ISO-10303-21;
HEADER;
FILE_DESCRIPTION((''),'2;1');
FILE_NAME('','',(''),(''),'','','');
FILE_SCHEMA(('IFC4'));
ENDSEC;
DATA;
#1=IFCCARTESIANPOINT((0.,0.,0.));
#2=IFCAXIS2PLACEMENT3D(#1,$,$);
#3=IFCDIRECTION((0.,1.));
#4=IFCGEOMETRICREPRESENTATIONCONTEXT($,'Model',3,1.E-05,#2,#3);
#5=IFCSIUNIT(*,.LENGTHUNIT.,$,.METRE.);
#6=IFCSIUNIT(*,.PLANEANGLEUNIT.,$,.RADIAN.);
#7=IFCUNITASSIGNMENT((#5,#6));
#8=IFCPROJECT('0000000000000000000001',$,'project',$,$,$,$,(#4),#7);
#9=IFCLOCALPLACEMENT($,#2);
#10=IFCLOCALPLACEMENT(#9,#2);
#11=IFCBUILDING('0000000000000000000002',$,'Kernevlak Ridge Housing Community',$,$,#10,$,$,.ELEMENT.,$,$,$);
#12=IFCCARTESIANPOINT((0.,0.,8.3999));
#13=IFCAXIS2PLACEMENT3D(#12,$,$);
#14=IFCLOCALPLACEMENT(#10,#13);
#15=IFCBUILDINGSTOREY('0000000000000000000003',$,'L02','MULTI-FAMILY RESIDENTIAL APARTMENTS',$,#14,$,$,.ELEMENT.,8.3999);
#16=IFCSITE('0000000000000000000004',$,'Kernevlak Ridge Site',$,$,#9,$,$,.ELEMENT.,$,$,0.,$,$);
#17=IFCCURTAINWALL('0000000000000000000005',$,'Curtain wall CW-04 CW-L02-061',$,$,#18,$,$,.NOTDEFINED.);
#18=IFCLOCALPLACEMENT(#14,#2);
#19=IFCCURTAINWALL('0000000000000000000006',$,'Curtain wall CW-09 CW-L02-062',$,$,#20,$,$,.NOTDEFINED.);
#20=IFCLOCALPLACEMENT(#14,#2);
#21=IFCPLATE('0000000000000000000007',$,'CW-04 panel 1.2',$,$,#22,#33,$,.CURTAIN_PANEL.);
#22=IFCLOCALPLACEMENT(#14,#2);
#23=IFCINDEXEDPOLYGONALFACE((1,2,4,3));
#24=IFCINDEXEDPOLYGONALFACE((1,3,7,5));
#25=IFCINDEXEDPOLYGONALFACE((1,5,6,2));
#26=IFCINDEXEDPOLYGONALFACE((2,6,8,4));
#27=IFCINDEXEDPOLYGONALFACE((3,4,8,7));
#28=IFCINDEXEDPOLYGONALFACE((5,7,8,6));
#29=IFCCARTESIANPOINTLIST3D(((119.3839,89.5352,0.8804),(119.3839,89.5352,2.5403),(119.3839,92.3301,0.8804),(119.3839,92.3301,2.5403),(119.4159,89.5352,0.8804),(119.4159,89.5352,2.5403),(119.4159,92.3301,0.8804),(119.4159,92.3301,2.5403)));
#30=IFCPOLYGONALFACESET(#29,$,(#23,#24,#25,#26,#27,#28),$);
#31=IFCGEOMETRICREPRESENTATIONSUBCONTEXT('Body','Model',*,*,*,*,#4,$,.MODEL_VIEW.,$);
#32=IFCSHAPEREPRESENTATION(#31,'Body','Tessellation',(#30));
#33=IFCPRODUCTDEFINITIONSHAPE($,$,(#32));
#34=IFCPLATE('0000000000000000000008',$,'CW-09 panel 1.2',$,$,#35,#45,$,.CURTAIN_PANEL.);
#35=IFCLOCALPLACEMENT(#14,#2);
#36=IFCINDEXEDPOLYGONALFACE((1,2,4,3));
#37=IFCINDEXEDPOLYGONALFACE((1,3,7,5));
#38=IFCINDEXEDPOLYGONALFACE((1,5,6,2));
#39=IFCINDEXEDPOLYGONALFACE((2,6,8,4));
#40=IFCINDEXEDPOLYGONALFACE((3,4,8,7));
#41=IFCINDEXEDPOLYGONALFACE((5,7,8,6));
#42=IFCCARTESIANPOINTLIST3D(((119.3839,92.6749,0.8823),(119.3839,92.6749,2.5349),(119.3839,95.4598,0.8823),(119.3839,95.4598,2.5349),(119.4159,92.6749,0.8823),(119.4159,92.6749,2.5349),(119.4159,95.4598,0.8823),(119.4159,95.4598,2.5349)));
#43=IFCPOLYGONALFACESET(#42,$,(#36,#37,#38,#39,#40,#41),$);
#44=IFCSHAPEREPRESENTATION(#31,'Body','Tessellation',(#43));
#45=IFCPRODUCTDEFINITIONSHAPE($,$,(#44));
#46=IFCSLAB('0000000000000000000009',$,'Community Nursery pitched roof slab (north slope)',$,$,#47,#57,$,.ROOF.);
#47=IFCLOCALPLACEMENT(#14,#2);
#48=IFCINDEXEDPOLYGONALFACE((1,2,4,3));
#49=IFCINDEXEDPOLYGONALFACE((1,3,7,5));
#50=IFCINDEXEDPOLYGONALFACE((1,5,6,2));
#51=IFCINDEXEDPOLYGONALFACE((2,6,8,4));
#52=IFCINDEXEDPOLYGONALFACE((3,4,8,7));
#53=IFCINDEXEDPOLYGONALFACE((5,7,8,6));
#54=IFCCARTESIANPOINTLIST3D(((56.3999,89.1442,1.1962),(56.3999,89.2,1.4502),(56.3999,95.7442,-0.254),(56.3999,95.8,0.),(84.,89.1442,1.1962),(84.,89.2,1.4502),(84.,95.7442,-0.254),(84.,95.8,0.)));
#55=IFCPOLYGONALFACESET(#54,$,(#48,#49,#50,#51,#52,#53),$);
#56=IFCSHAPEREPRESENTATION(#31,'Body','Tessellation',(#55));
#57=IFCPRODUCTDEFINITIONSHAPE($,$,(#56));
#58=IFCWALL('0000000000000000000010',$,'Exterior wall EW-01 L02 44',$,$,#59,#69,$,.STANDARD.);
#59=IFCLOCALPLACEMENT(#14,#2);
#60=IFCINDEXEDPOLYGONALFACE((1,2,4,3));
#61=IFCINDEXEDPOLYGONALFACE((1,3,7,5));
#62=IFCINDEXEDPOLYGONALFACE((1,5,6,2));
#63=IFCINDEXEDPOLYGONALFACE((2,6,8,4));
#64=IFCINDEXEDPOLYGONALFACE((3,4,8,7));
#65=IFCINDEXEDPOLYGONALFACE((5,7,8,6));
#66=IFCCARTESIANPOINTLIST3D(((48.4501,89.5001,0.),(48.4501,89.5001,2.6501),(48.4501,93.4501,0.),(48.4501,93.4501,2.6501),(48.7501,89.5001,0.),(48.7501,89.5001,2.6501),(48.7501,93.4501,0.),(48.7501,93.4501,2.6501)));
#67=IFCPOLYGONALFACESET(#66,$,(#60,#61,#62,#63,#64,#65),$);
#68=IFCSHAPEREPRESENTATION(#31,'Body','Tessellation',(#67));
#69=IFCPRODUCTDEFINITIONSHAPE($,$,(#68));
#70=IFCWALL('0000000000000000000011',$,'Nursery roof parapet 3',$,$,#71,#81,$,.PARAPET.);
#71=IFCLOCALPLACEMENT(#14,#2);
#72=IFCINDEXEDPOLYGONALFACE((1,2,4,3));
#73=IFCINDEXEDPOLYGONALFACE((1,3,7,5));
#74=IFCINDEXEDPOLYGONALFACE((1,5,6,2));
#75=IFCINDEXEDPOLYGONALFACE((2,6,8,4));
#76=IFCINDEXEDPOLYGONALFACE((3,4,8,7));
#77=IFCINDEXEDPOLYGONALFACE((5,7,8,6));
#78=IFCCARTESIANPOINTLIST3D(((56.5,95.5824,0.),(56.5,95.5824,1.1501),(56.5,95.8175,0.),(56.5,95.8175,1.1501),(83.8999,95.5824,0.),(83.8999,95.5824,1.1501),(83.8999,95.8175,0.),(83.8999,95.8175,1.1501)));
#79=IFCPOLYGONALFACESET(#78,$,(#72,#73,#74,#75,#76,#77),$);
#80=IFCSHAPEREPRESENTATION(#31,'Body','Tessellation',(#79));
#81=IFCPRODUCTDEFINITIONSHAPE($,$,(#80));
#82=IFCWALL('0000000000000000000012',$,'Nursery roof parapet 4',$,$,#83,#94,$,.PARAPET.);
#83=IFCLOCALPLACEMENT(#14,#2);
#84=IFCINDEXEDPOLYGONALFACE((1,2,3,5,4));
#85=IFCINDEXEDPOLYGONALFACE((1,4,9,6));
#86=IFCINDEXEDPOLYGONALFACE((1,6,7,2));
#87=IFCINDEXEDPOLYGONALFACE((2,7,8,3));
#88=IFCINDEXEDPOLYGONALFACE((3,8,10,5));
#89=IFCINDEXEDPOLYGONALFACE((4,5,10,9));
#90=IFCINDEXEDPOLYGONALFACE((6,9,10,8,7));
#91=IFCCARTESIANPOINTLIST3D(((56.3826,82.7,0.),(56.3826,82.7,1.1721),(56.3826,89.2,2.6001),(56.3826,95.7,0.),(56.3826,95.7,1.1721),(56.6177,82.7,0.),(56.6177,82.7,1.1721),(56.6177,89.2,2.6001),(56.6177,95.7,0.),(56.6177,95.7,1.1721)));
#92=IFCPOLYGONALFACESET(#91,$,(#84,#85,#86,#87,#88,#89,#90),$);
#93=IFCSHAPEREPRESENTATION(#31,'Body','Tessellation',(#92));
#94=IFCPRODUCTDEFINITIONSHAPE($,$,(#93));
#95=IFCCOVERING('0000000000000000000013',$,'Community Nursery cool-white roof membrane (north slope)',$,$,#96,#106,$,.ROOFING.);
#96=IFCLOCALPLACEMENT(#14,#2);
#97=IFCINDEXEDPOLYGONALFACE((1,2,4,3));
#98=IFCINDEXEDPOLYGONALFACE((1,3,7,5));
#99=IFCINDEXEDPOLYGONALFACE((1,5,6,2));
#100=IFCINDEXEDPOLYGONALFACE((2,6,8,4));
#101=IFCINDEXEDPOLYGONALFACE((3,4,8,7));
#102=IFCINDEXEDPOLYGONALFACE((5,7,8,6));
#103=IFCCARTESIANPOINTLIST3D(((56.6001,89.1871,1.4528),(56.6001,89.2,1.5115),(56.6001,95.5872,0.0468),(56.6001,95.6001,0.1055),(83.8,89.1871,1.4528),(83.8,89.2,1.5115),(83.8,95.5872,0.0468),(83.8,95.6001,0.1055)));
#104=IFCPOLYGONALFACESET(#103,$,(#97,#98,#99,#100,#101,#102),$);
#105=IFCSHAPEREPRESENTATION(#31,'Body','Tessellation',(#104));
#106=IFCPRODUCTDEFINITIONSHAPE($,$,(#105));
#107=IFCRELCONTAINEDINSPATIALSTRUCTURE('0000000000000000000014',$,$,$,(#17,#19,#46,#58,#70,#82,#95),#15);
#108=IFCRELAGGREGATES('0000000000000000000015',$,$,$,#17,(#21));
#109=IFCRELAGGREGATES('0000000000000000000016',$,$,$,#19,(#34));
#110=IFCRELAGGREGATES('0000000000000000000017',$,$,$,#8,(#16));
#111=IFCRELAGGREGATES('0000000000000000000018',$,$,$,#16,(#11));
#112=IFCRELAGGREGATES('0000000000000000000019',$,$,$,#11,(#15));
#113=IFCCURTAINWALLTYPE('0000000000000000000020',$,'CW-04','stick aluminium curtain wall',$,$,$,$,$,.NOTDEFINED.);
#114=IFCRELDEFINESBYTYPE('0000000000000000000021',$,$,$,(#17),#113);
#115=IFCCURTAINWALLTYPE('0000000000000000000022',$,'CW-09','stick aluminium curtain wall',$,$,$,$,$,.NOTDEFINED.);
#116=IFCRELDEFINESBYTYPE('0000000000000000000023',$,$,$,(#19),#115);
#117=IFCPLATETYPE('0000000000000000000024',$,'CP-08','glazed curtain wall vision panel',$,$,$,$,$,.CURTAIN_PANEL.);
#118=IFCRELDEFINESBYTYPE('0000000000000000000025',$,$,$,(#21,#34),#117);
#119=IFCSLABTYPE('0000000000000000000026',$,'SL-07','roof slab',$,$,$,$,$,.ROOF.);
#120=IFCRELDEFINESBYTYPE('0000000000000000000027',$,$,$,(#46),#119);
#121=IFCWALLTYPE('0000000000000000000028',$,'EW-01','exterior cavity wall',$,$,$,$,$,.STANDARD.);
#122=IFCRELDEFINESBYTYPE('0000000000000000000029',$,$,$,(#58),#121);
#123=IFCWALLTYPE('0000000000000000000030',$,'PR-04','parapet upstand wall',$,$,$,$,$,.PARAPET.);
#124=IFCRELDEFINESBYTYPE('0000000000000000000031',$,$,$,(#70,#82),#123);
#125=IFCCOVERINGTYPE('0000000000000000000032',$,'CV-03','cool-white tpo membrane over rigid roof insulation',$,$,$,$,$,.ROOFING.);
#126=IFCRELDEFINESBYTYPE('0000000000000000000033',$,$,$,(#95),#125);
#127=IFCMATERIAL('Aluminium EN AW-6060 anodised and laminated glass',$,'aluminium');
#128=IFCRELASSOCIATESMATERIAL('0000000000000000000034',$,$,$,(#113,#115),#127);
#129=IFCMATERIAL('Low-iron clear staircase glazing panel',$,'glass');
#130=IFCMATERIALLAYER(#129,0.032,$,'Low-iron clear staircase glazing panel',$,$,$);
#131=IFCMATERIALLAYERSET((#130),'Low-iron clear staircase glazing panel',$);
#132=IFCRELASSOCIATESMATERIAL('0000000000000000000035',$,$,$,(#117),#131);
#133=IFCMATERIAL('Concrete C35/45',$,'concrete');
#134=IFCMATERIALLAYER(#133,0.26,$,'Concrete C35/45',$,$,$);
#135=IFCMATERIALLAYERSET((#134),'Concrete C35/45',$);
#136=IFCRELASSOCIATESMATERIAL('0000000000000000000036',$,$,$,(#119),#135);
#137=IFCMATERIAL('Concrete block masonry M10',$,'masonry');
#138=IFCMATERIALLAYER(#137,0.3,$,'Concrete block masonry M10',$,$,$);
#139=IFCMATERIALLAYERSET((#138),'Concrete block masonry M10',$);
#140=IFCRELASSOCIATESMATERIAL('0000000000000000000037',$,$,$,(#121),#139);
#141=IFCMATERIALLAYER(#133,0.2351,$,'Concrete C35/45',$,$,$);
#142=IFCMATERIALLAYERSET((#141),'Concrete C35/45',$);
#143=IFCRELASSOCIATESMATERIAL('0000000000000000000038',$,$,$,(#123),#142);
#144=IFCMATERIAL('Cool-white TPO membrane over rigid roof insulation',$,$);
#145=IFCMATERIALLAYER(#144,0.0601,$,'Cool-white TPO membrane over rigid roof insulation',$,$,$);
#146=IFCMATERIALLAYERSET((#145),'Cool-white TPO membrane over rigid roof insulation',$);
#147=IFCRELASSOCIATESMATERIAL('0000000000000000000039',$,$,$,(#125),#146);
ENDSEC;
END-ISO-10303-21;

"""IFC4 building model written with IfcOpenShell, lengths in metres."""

from ifc_helpers import new_model, si_unit, direction, frame, frame_2d, origin, origin_2d, place, context, subcontext, project, spatial, polyline, rectangle, outline, extrude, material, layer, layer_set, type_object, element, aggregate, save


model = new_model("IFC4")

# Units and contexts
model_context = context("Model", 3, precision=1e-05, world=origin(), true_north=direction((0.0, 1.0)))
body_context = subcontext(model_context, "Body", "Model", "MODEL_VIEW")
ifc_project = project(units=[si_unit("LENGTHUNIT", "METRE"), si_unit("PLANEANGLEUNIT", "RADIAN")], contexts=[model_context])

# Site, building, storey
site_placement = place(None, origin())
site = spatial("IfcSite", under=ifc_project, at=site_placement, Name="Kernevlak Ridge Site", CompositionType="ELEMENT", RefElevation=0.0)
building_placement = place(site_placement, origin())
building = spatial("IfcBuilding", under=site, at=building_placement, Name="Kernevlak Ridge Housing Community", CompositionType="ELEMENT")
storey_placement = place(building_placement, frame((0.0, 0.0, 8.3999)))
storey = spatial("IfcBuildingStorey", under=building, at=storey_placement, Name="L02", Description="MULTI-FAMILY RESIDENTIAL APARTMENTS", CompositionType="ELEMENT", Elevation=8.3999)

# Curtain walls
ifc_material_1 = material(Name="Aluminium EN AW-6060 anodised and laminated glass", Category="aluminium")
curtain_wall_type_1 = type_object("IfcCurtainWallType", Name="CW-04", Description="stick aluminium curtain wall", PredefinedType="NOTDEFINED", material=ifc_material_1)
curtain_wall_1_placement = place(storey_placement, origin())
curtain_wall_1 = element("IfcCurtainWall", 1, at=curtain_wall_1_placement, inside=storey, type_object=curtain_wall_type_1, Name="Curtain wall CW-04 CW-L02-061", PredefinedType="NOTDEFINED")
curtain_wall_type_2 = type_object("IfcCurtainWallType", Name="CW-09", Description="stick aluminium curtain wall", PredefinedType="NOTDEFINED", material=ifc_material_1)
curtain_wall_2_placement = place(storey_placement, origin())
curtain_wall_2 = element("IfcCurtainWall", 2, at=curtain_wall_2_placement, inside=storey, type_object=curtain_wall_type_2, Name="Curtain wall CW-09 CW-L02-062", PredefinedType="NOTDEFINED")

# Shared definitions
ifc_material_2 = material(Name="Concrete C35/45", Category="concrete")

# Plates
ifc_material_3 = material(Name="Low-iron clear staircase glazing panel", Category="glass")
ifc_layer_1 = layer(ifc_material_3, 0.032, Name="Low-iron clear staircase glazing panel")
ifc_layer_set_1 = layer_set([ifc_layer_1], Name="Low-iron clear staircase glazing panel")
plate_type_1 = type_object("IfcPlateType", Name="CP-08", Description="glazed curtain wall vision panel", PredefinedType="CURTAIN_PANEL", material=ifc_layer_set_1)
plate_1_placement = place(storey_placement, frame((119.3999, 90.9326, 0.8804), z_axis=(0.0, 0.0, 1.0), x_axis=(0.0, 1.0, 0.0)))
plate_1 = element("IfcPlate", 3, at=plate_1_placement, type_object=plate_type_1, Name="CW-04 panel 1.2", PredefinedType="CURTAIN_PANEL", context=body_context, shape_type="SweptSolid", body=[
    extrude(rectangle(XDim=2.7949, YDim=0.032, at=origin_2d()), origin(), (0.0, 0.0, 1.0), 1.6599),
])
aggregate(curtain_wall_1, [plate_1])
plate_2_placement = place(storey_placement, frame((119.3999, 94.0674, 0.8823), z_axis=(0.0, 0.0, 1.0), x_axis=(0.0, 1.0, 0.0)))
plate_2 = element("IfcPlate", 4, at=plate_2_placement, type_object=plate_type_1, Name="CW-09 panel 1.2", PredefinedType="CURTAIN_PANEL", context=body_context, shape_type="SweptSolid", body=[
    extrude(rectangle(XDim=2.7849, YDim=0.032, at=origin_2d()), origin(), (0.0, 0.0, 1.0), 1.6526),
])
aggregate(curtain_wall_2, [plate_2])

# Slab
ifc_layer_2 = layer(ifc_material_2, 0.26, Name="Concrete C35/45")
ifc_layer_set_2 = layer_set([ifc_layer_2], Name="Concrete C35/45")
slab_type = type_object("IfcSlabType", Name="SL-07", Description="roof slab", PredefinedType="ROOF", material=ifc_layer_set_2)
slab_placement = place(storey_placement, frame((56.3999, 89.2, 1.4502), z_axis=(0.0, 0.214604, 0.976701), x_axis=(1.0, 0.0, 0.0)))
element("IfcSlab", 5, at=slab_placement, inside=storey, type_object=slab_type, Name="Community Nursery pitched roof slab (north slope)", PredefinedType="ROOF", context=body_context, shape_type="SweptSolid", body=[
    extrude(outline(polyline([(0.0, 0.0), (27.6001, 0.0), (27.6001, 6.7575), (0.0, 6.7575), (0.0, 0.0)])), origin(), (0.0, 0.0, -1.0), 0.26),
])

# Walls
ifc_material_4 = material(Name="Concrete block masonry M10", Category="masonry")
ifc_layer_3 = layer(ifc_material_4, 0.3, Name="Concrete block masonry M10")
ifc_layer_set_3 = layer_set([ifc_layer_3], Name="Concrete block masonry M10")
wall_type_1 = type_object("IfcWallType", Name="EW-01", Description="exterior cavity wall", PredefinedType="STANDARD", material=ifc_layer_set_3)
wall_1_placement = place(storey_placement, frame((48.6001, 89.5, 0.0), z_axis=(0.0, 0.0, 1.0), x_axis=(0.0, 1.0, 0.0)))
element("IfcWall", 6, at=wall_1_placement, inside=storey, type_object=wall_type_1, Name="Exterior wall EW-01 L02 44", PredefinedType="STANDARD", context=body_context, shape_type="SweptSolid", body=[
    extrude(rectangle(XDim=3.95, YDim=0.3, at=frame_2d((1.9751, 0.0))), origin(), (0.0, 0.0, 1.0), 2.6501),
])
ifc_layer_4 = layer(ifc_material_2, 0.2351, Name="Concrete C35/45")
ifc_layer_set_4 = layer_set([ifc_layer_4], Name="Concrete C35/45")
wall_type_2 = type_object("IfcWallType", Name="PR-04", Description="parapet upstand wall", PredefinedType="PARAPET", material=ifc_layer_set_4)
wall_2_placement = place(storey_placement, frame((83.8999, 95.7, 0.0), z_axis=(0.0, 0.0, 1.0), x_axis=(-1.0, 0.0, 0.0)))
element("IfcWall", 7, at=wall_2_placement, inside=storey, type_object=wall_type_2, Name="Nursery roof parapet 3", PredefinedType="PARAPET", context=body_context, shape_type="SweptSolid", body=[
    extrude(rectangle(XDim=27.3999, YDim=0.2351, at=frame_2d((13.7, 0.0))), origin(), (0.0, 0.0, 1.0), 1.1501),
])
wall_3_placement = place(storey_placement, frame((56.5, 95.7, 0.0), z_axis=(0.0, 0.0, 1.0), x_axis=(0.0, -1.0, 0.0)))
element("IfcWall", 8, at=wall_3_placement, inside=storey, type_object=wall_type_2, Name="Nursery roof parapet 4", PredefinedType="PARAPET", context=body_context, shape_type="SweptSolid", body=[
    extrude(outline(polyline([(0.0, 0.0), (13.0, 0.0), (13.0, 1.1721), (6.5, 2.6001), (0.0, 1.1721), (0.0, 0.0)])), frame((0.0, 0.1177, 0.0), z_axis=(0.0, -1.0, 0.0), x_axis=(1.0, 0.0, 0.0)), (0.0, 0.0, 1.0), 0.2351),
])

# Covering
ifc_material_5 = material(Name="Cool-white TPO membrane over rigid roof insulation")
ifc_layer_5 = layer(ifc_material_5, 0.0601, Name="Cool-white TPO membrane over rigid roof insulation")
ifc_layer_set_5 = layer_set([ifc_layer_5], Name="Cool-white TPO membrane over rigid roof insulation")
covering_type = type_object("IfcCoveringType", Name="CV-03", Description="cool-white tpo membrane over rigid roof insulation", PredefinedType="ROOFING", material=ifc_layer_set_5)
covering_placement = place(storey_placement, frame((56.6001, 89.2, 1.5115), z_axis=(0.0, 0.214567, 0.976709), x_axis=(1.0, 0.0, 0.0)))
element("IfcCovering", 9, at=covering_placement, inside=storey, type_object=covering_type, Name="Community Nursery cool-white roof membrane (north slope)", PredefinedType="ROOFING", context=body_context, shape_type="SweptSolid", body=[
    extrude(outline(polyline([(0.0, 0.0), (27.2, 0.0), (27.2, 6.5528), (0.0, 6.5528), (0.0, 0.0)])), origin(), (0.0, 0.0, -1.0), 0.0601),
])

save(model, "model.ifc")
